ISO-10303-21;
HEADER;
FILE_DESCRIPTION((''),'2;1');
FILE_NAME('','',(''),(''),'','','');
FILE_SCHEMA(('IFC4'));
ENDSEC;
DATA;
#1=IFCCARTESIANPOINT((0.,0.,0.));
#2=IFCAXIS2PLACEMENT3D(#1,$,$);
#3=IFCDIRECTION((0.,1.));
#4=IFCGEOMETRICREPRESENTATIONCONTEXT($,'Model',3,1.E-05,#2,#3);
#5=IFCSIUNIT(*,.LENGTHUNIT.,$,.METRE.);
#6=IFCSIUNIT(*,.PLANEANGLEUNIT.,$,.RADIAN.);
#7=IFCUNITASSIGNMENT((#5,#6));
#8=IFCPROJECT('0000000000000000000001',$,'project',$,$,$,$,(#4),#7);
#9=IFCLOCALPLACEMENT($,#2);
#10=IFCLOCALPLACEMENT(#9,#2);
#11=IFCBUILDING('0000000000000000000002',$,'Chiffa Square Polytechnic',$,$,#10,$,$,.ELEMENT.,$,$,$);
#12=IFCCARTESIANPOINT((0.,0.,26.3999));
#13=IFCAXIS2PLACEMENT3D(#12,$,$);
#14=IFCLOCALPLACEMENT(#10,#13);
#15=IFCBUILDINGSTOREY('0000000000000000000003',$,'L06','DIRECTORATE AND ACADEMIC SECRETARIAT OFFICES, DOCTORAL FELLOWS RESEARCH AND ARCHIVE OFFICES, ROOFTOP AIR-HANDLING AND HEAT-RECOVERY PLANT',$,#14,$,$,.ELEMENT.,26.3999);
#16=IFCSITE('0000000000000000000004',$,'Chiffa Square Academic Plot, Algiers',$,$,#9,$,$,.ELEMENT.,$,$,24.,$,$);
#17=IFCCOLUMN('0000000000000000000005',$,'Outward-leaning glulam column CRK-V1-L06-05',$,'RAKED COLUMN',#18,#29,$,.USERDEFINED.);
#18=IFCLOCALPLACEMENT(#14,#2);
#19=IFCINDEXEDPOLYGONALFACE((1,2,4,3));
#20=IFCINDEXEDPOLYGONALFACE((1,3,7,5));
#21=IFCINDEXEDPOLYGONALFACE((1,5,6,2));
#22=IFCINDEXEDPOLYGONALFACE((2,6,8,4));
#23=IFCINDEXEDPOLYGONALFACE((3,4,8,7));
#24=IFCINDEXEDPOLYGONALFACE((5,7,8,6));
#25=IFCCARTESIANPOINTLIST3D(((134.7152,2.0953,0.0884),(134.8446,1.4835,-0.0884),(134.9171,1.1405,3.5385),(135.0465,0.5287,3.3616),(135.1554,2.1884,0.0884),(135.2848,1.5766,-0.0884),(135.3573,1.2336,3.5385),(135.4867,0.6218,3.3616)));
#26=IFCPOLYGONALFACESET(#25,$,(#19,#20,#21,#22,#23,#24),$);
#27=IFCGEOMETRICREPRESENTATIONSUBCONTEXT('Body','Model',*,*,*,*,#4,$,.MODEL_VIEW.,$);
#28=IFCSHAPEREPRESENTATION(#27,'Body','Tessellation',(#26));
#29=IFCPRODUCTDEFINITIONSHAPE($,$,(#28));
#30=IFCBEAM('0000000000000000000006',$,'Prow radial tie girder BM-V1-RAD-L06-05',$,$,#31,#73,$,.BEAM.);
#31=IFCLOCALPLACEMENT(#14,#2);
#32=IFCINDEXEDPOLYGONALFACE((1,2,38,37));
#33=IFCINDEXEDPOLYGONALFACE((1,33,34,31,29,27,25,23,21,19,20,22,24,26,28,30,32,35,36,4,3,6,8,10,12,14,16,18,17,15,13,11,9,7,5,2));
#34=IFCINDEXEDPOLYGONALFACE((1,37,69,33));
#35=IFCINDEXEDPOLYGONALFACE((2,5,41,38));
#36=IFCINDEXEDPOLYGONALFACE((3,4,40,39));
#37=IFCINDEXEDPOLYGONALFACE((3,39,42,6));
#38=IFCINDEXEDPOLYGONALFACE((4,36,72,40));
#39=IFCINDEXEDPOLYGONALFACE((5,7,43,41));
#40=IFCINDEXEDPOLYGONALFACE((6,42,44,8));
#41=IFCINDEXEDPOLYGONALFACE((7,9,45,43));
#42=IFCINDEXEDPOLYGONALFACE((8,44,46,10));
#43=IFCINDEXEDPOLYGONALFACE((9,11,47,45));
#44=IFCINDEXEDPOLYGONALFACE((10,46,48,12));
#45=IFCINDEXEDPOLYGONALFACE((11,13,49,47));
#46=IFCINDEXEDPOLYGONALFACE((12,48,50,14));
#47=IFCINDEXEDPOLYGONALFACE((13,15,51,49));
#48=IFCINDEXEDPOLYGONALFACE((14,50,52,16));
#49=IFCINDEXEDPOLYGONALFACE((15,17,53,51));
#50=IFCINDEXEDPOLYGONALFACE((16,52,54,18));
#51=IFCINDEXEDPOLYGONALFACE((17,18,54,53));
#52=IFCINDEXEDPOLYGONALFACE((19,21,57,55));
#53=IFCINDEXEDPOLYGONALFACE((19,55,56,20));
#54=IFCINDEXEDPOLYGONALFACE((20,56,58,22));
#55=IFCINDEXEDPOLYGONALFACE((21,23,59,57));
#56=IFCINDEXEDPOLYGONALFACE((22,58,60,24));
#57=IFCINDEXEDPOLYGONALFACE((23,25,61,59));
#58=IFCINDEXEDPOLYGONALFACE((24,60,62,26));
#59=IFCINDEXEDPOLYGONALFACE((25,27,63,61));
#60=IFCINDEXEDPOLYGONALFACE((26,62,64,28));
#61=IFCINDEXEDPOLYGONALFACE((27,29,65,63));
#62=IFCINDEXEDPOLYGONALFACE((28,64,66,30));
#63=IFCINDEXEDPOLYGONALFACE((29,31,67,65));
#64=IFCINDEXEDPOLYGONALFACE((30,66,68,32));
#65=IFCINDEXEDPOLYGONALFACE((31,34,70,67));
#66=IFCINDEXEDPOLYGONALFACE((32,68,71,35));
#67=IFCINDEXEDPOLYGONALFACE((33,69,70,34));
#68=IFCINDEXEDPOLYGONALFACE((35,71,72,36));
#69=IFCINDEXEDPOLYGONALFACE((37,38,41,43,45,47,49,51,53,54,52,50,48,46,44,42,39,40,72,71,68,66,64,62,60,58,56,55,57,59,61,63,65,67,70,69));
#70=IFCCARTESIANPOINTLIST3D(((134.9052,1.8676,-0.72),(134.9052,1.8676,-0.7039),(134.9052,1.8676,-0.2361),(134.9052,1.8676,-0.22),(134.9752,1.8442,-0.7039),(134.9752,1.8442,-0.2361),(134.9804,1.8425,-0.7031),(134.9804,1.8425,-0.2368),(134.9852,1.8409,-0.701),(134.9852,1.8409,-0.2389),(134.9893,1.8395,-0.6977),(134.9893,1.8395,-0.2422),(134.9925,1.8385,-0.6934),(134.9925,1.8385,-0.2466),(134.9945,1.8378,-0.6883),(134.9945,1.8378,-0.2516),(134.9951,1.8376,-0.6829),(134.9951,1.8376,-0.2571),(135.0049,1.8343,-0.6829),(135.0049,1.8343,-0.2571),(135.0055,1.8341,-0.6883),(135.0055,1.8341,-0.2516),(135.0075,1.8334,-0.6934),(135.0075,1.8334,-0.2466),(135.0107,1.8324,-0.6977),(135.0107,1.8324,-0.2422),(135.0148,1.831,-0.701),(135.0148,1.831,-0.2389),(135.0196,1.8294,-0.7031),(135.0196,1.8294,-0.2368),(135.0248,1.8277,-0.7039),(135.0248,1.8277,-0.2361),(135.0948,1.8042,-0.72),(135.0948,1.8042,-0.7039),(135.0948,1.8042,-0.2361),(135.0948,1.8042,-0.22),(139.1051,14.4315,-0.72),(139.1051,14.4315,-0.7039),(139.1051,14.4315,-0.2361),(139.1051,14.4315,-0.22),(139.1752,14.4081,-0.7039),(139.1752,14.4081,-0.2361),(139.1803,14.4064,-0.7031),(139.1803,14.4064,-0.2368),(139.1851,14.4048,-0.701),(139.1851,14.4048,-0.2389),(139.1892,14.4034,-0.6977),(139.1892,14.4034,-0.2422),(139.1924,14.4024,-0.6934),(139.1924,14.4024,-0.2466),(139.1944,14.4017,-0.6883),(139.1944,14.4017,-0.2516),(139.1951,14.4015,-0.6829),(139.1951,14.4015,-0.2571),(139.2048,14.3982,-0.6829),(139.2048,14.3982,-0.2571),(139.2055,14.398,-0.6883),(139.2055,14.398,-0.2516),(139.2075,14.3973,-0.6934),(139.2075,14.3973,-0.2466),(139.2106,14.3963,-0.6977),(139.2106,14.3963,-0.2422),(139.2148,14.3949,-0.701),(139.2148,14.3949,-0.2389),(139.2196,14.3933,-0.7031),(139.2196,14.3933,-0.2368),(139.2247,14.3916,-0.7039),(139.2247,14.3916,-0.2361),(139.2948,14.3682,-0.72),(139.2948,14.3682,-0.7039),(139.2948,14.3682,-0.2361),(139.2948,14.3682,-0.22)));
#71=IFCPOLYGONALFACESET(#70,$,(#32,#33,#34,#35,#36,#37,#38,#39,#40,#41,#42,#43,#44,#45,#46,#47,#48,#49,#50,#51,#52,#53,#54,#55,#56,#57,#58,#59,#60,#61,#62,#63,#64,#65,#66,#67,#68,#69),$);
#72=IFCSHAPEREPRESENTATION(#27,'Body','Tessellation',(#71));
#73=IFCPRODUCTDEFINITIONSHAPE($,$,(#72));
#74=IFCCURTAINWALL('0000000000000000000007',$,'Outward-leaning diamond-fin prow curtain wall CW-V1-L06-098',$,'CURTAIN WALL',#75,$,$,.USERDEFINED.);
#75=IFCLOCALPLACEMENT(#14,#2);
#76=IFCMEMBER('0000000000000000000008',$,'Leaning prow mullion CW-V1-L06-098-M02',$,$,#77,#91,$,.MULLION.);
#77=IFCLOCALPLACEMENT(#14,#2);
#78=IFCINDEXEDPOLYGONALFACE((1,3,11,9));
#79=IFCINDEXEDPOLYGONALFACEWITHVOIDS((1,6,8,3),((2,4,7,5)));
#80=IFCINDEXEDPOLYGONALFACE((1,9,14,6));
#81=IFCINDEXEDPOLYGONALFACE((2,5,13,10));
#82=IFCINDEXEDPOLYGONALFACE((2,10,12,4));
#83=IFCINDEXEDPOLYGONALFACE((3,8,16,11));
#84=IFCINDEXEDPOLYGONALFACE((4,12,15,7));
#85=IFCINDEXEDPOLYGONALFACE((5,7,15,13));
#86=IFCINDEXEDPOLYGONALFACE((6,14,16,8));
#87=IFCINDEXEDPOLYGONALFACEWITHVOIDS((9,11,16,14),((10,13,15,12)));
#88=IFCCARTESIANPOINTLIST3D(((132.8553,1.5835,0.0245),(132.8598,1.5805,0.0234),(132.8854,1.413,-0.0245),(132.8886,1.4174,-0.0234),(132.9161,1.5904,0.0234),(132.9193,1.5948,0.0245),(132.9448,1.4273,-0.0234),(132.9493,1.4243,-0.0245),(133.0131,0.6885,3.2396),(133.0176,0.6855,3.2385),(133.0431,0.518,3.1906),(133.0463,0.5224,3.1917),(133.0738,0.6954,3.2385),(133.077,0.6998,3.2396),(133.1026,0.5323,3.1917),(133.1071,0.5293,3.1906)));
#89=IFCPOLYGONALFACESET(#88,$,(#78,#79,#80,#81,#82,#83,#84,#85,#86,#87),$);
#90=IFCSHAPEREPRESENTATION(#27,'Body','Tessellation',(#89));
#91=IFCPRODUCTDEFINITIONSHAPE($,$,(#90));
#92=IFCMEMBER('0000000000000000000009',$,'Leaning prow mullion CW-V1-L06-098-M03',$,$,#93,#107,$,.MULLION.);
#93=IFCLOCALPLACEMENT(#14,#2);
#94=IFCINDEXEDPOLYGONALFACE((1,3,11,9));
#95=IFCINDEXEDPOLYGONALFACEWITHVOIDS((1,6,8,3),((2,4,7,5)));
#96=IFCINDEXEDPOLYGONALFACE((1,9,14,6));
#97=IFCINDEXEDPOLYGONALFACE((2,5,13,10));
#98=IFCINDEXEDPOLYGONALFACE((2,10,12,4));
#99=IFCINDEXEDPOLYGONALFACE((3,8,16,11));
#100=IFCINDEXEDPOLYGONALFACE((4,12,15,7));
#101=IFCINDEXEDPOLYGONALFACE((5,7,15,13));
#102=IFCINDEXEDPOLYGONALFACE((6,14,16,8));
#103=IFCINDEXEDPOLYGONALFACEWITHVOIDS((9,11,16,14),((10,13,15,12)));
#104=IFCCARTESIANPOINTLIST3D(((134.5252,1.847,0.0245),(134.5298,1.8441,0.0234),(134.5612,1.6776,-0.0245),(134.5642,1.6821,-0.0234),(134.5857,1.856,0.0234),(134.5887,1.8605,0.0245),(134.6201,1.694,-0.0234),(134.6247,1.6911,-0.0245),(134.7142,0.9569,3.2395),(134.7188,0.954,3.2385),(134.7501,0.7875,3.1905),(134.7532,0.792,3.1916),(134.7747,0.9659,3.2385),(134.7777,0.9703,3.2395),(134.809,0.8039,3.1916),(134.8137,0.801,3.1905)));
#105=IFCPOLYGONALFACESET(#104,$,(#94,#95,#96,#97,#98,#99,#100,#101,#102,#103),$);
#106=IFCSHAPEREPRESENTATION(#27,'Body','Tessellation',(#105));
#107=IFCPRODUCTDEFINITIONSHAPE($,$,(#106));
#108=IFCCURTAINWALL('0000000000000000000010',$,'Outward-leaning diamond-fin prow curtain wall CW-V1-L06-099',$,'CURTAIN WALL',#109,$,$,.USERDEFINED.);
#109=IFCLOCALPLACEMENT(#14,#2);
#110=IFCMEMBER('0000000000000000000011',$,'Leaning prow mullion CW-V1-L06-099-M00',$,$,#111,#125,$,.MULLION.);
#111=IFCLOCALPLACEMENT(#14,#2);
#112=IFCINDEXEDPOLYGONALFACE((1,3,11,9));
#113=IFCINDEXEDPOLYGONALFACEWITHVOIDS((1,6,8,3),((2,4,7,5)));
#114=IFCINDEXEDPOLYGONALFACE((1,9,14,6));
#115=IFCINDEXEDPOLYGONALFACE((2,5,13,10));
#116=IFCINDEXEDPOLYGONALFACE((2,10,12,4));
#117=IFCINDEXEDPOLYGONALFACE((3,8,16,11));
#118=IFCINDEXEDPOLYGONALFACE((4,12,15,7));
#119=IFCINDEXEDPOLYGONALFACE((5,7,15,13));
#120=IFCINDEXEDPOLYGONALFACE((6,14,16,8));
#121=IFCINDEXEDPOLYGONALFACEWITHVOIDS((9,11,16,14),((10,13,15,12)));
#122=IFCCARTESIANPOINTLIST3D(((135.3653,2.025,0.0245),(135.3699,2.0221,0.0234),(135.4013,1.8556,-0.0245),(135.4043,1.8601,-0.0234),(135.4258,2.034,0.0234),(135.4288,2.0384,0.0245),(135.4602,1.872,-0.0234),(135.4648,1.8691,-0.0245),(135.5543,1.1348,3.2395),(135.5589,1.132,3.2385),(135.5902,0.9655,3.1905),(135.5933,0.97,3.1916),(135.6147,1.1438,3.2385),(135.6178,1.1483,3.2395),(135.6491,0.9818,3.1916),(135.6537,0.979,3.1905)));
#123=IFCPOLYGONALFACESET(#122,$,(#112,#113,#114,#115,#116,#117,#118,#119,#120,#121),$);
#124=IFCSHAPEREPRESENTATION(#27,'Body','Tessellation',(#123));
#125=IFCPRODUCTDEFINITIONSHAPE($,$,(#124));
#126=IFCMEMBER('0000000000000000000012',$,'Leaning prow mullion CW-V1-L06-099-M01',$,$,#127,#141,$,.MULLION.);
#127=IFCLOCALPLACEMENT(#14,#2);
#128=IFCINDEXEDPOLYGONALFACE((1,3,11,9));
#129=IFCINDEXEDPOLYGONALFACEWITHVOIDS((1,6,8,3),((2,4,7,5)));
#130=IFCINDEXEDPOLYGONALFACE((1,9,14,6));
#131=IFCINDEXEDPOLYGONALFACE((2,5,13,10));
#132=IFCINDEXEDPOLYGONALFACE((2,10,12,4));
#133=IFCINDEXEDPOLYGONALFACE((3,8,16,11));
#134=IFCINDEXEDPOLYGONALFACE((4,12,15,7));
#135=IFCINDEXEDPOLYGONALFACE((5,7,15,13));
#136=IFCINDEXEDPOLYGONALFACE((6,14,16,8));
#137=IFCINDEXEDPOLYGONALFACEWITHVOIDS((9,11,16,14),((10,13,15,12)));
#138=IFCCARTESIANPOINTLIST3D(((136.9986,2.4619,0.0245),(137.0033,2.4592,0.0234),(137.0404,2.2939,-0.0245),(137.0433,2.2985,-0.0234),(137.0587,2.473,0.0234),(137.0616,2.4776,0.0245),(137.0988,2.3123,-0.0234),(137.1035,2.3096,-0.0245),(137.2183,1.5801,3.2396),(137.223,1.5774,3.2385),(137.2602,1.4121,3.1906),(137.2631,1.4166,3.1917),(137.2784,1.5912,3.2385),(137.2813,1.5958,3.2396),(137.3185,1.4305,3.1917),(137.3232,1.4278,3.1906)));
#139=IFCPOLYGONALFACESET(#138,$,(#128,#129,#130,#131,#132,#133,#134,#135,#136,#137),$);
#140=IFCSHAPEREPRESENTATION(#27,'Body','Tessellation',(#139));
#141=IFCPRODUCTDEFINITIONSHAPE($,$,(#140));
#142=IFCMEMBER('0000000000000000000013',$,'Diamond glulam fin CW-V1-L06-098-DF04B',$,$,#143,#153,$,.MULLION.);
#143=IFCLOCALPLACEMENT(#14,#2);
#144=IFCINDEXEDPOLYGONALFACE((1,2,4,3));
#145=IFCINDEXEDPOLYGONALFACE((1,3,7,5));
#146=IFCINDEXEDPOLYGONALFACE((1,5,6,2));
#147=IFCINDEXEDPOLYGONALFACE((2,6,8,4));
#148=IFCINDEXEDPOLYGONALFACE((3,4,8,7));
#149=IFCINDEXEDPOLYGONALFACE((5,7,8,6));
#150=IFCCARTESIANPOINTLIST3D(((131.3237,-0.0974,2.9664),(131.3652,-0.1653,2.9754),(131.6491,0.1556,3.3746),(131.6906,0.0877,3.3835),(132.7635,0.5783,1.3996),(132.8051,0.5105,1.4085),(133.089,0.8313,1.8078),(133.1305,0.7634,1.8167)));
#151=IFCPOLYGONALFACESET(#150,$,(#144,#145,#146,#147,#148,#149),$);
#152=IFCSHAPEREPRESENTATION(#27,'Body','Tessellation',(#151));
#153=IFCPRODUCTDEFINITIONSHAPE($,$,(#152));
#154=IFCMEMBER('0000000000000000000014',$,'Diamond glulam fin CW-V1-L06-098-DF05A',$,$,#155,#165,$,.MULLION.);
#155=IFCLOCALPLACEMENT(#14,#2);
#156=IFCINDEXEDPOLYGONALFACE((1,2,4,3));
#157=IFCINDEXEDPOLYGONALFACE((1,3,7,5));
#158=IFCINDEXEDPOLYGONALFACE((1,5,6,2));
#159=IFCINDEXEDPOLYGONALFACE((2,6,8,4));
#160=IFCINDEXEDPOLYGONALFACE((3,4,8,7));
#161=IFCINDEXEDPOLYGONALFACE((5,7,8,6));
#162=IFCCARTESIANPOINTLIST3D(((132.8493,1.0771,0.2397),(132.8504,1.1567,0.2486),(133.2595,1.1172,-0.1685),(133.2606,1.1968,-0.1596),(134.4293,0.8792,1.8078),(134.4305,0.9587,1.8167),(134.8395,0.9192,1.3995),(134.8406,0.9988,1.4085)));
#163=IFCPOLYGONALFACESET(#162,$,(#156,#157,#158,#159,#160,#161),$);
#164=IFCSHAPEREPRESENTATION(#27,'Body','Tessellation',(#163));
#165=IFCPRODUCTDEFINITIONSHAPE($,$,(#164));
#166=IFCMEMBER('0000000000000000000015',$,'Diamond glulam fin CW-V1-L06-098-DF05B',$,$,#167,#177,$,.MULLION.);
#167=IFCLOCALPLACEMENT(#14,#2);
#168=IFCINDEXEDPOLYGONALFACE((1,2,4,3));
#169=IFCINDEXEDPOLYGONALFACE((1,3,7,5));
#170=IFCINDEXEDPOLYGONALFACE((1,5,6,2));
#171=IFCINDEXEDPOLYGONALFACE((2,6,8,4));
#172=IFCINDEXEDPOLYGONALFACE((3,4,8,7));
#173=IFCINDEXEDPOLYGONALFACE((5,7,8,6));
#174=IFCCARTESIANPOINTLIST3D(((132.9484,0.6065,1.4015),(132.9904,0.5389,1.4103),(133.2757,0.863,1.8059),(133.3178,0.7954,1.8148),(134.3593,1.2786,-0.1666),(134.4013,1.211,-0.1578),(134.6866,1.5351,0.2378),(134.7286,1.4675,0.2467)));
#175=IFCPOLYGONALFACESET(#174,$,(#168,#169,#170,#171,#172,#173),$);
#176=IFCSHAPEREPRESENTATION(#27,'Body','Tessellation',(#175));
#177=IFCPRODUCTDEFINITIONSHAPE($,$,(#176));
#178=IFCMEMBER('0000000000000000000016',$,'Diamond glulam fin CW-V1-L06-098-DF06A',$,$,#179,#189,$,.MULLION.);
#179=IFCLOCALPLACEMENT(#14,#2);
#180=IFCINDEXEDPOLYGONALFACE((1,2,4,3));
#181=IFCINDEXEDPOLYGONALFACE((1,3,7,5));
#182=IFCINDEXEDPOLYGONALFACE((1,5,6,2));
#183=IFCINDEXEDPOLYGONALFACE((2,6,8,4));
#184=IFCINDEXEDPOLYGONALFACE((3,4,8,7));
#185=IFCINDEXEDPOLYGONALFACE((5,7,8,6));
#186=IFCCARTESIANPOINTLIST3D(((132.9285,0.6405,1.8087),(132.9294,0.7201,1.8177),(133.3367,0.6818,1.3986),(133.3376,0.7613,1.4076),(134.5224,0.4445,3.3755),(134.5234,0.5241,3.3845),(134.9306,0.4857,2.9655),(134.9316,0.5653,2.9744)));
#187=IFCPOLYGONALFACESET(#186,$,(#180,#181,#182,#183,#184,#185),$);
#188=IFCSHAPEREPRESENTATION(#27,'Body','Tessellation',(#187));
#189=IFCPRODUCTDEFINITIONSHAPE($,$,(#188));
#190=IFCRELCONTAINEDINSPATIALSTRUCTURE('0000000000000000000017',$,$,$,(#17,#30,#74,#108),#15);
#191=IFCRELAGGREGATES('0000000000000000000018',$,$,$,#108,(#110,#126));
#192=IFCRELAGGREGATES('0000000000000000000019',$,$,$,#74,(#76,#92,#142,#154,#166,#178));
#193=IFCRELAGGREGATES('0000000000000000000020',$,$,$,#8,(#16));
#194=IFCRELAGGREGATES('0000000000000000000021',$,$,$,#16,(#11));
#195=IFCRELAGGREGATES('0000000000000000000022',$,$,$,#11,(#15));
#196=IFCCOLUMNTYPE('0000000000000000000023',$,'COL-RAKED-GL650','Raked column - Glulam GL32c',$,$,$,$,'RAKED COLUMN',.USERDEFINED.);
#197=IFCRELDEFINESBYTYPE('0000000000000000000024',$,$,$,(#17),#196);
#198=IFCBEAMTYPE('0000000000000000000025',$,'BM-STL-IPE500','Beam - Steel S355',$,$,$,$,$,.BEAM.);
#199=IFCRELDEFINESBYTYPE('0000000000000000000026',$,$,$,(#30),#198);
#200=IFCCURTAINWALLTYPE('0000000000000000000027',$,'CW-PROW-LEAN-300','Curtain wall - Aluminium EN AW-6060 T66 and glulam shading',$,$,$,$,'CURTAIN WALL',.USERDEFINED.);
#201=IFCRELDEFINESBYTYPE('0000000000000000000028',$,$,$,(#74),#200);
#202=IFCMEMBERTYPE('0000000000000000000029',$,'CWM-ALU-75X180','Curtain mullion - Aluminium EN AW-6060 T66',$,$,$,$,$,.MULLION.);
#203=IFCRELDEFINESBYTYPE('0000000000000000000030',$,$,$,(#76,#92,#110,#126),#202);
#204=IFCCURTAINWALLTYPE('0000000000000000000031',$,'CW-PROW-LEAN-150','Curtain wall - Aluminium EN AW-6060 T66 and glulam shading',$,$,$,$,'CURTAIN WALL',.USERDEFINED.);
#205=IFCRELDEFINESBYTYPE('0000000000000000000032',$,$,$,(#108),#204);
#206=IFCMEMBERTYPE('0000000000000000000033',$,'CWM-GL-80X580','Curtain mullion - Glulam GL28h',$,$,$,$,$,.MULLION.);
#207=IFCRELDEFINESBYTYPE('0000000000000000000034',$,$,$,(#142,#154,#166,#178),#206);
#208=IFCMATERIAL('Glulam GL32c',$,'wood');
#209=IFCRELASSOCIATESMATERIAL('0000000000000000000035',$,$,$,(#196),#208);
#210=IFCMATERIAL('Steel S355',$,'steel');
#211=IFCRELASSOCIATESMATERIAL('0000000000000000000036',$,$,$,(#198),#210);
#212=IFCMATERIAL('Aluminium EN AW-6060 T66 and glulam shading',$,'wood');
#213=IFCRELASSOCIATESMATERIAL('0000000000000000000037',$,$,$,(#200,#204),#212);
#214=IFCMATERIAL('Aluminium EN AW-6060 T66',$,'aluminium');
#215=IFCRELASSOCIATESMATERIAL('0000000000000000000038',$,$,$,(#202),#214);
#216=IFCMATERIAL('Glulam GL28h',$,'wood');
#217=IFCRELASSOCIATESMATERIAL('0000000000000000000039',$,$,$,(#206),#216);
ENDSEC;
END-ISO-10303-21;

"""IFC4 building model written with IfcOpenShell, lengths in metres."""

from ifc_helpers import new_model, si_unit, direction, frame, origin, origin_2d, place, context, subcontext, project, spatial, rectangle, hollow_rectangle, i_section, extrude, material, material_profile, profile_set, type_object, element, aggregate, save


model = new_model("IFC4")

# Units and contexts
model_context = context("Model", 3, precision=1e-05, world=origin(), true_north=direction((0.0, 1.0)))
body_context = subcontext(model_context, "Body", "Model", "MODEL_VIEW")
ifc_project = project(units=[si_unit("LENGTHUNIT", "METRE"), si_unit("PLANEANGLEUNIT", "RADIAN")], contexts=[model_context])

# Site, building, storey
site_placement = place(None, origin())
site = spatial("IfcSite", under=ifc_project, at=site_placement, Name="Chiffa Square Academic Plot, Algiers", CompositionType="ELEMENT", RefElevation=24.0)
building_placement = place(site_placement, origin())
building = spatial("IfcBuilding", under=site, at=building_placement, Name="Chiffa Square Polytechnic", CompositionType="ELEMENT")
storey_placement = place(building_placement, frame((0.0, 0.0, 26.3999)))
storey = spatial("IfcBuildingStorey", under=building, at=storey_placement, Name="L06", Description="DIRECTORATE AND ACADEMIC SECRETARIAT OFFICES, DOCTORAL FELLOWS RESEARCH AND ARCHIVE OFFICES, ROOFTOP AIR-HANDLING AND HEAT-RECOVERY PLANT", CompositionType="ELEMENT", Elevation=26.3999)

# Column
ifc_material_1 = material(Name="Glulam GL32c", Category="wood")
ifc_material_profile_1 = material_profile(ifc_material_1, rectangle(XDim=0.45, YDim=0.6499, at=origin_2d()), Name="GL32c 450x650")
ifc_profile_set_1 = profile_set([ifc_material_profile_1], Name="Glulam GL32c")
column_type = type_object("IfcColumnType", Name="COL-RAKED-GL650", Description="Raked column - Glulam GL32c", ElementType="RAKED COLUMN", PredefinedType="USERDEFINED", material=ifc_profile_set_1)
column_placement = place(storey_placement, frame((135.0, 1.8359, 0.0), z_axis=(0.05631, -0.266299, 0.962244), x_axis=(0.978366, 0.20688, 0.0)))
element("IfcColumn", 1, at=column_placement, inside=storey, type_object=column_type, Name="Outward-leaning glulam column CRK-V1-L06-05", ObjectType="RAKED COLUMN", PredefinedType="USERDEFINED", context=body_context, shape_type="SweptSolid", body=[
    extrude(rectangle(XDim=0.45, YDim=0.6499, at=origin_2d()), origin(), (0.0, 0.0, 1.0), 3.5854),
])

# Beam
ifc_material_2 = material(Name="Steel S355", Category="steel")
ifc_material_profile_2 = material_profile(ifc_material_2, i_section(OverallWidth=0.2, OverallDepth=0.5, WebThickness=0.0103, FlangeThickness=0.0161, FilletRadius=0.021, at=origin_2d()), Name="IPE 500")
ifc_profile_set_2 = profile_set([ifc_material_profile_2], Name="Steel S355")
beam_type_1 = type_object("IfcBeamType", Name="BM-STL-IPE500", Description="Beam - Steel S355", PredefinedType="BEAM", material=ifc_profile_set_2)
beam_1_placement = place(storey_placement, frame((135.0, 1.8359, -0.47), z_axis=(0.31704, 0.948412, 0.0), x_axis=(-0.948412, 0.31704, 0.0)))
element("IfcBeam", 2, at=beam_1_placement, inside=storey, type_object=beam_type_1, Name="Prow radial tie girder BM-V1-RAD-L06-05", PredefinedType="BEAM", context=body_context, shape_type="SweptSolid", body=[
    extrude(i_section(OverallWidth=0.2, OverallDepth=0.5, WebThickness=0.0103, FlangeThickness=0.0161, FilletRadius=0.021, at=origin_2d()), origin(), (0.0, 0.0, 1.0), 13.2473),
])

# Curtain walls, members
ifc_material_3 = material(Name="Aluminium EN AW-6060 T66 and glulam shading", Category="wood")
curtain_wall_type_1 = type_object("IfcCurtainWallType", Name="CW-PROW-LEAN-300", Description="Curtain wall - Aluminium EN AW-6060 T66 and glulam shading", ElementType="CURTAIN WALL", PredefinedType="USERDEFINED", material=ifc_material_3)
curtain_wall_1_placement = place(storey_placement, origin())
curtain_wall_1 = element("IfcCurtainWall", 3, at=curtain_wall_1_placement, inside=storey, type_object=curtain_wall_type_1, Name="Outward-leaning diamond-fin prow curtain wall CW-V1-L06-098", ObjectType="CURTAIN WALL", PredefinedType="USERDEFINED")
ifc_material_4 = material(Name="Aluminium EN AW-6060 T66", Category="aluminium")
ifc_material_profile_3 = material_profile(ifc_material_4, hollow_rectangle(XDim=0.0649, YDim=0.1799, WallThickness=0.0039, at=origin_2d()), Name="ALU 65x180x4")
ifc_profile_set_3 = profile_set([ifc_material_profile_3], Name="Aluminium EN AW-6060 T66")
member_type_1 = type_object("IfcMemberType", Name="CWM-ALU-75X180", Description="Curtain mullion - Aluminium EN AW-6060 T66", PredefinedType="MULLION", material=ifc_profile_set_3)
member_1_placement = place(storey_placement, frame((132.9023, 1.5039, 0.0), z_axis=(0.047205, -0.267884, 0.962294), x_axis=(0.984827, 0.17354, 0.0)))
member_1 = element("IfcMember", 4, at=member_1_placement, type_object=member_type_1, Name="Leaning prow mullion CW-V1-L06-098-M02", PredefinedType="MULLION", context=body_context, shape_type="SweptSolid", body=[
    extrude(hollow_rectangle(XDim=0.0649, YDim=0.1799, WallThickness=0.0039, at=origin_2d()), origin(), (0.0, 0.0, 1.0), 3.3411),
])
member_2_placement = place(storey_placement, frame((134.575, 1.769, 0.0), z_axis=(0.056553, -0.266398, 0.962203), x_axis=(0.978201, 0.20766, 0.0)))
member_2 = element("IfcMember", 5, at=member_2_placement, type_object=member_type_1, Name="Leaning prow mullion CW-V1-L06-098-M03", PredefinedType="MULLION", context=body_context, shape_type="SweptSolid", body=[
    extrude(hollow_rectangle(XDim=0.0649, YDim=0.1799, WallThickness=0.0039, at=origin_2d()), origin(), (0.0, 0.0, 1.0), 3.3413),
])
curtain_wall_type_2 = type_object("IfcCurtainWallType", Name="CW-PROW-LEAN-150", Description="Curtain wall - Aluminium EN AW-6060 T66 and glulam shading", ElementType="CURTAIN WALL", PredefinedType="USERDEFINED", material=ifc_material_3)
curtain_wall_2_placement = place(storey_placement, origin())
curtain_wall_2 = element("IfcCurtainWall", 6, at=curtain_wall_2_placement, inside=storey, type_object=curtain_wall_type_2, Name="Outward-leaning diamond-fin prow curtain wall CW-V1-L06-099", ObjectType="CURTAIN WALL", PredefinedType="USERDEFINED")
member_3_placement = place(storey_placement, frame((135.415, 1.947, 0.0), z_axis=(0.056553, -0.266398, 0.962203), x_axis=(0.978201, 0.20766, 0.0)))
member_3 = element("IfcMember", 7, at=member_3_placement, type_object=member_type_1, Name="Leaning prow mullion CW-V1-L06-099-M00", PredefinedType="MULLION", context=body_context, shape_type="SweptSolid", body=[
    extrude(hollow_rectangle(XDim=0.0649, YDim=0.1799, WallThickness=0.0039, at=origin_2d()), origin(), (0.0, 0.0, 1.0), 3.3413),
])
member_4_placement = place(storey_placement, frame((137.051, 2.3857, 0.0), z_axis=(0.065765, -0.263939, 0.962295), x_axis=(0.970332, 0.241777, 0.0)))
member_4 = element("IfcMember", 8, at=member_4_placement, type_object=member_type_1, Name="Leaning prow mullion CW-V1-L06-099-M01", PredefinedType="MULLION", context=body_context, shape_type="SweptSolid", body=[
    extrude(hollow_rectangle(XDim=0.0649, YDim=0.1799, WallThickness=0.0039, at=origin_2d()), origin(), (0.0, 0.0, 1.0), 3.3411),
])

# Members
ifc_material_5 = material(Name="Glulam GL28h", Category="wood")
ifc_material_profile_4 = material_profile(ifc_material_5, rectangle(XDim=0.0801, YDim=0.5801, at=origin_2d()), Name="GL28h 80x580")
ifc_profile_set_4 = profile_set([ifc_material_profile_4], Name="Glulam GL28h")
member_type_2 = type_object("IfcMemberType", Name="CWM-GL-80X580", Description="Curtain mullion - Glulam GL28h", PredefinedType="MULLION", material=ifc_profile_set_4)
member_5_placement = place(storey_placement, frame((132.947, 0.6709, 1.6082), z_axis=(-0.644912, -0.302665, 0.701771), x_axis=(0.519001, -0.847478, 0.111444)))
member_5 = element("IfcMember", 9, at=member_5_placement, type_object=member_type_2, Name="Diamond glulam fin CW-V1-L06-098-DF04B", PredefinedType="MULLION", context=body_context, shape_type="SweptSolid", body=[
    extrude(rectangle(XDim=0.0801, YDim=0.5801, at=origin_2d()), origin(), (0.0, 0.0, 1.0), 2.2327),
])
member_6_placement = place(storey_placement, frame((133.0549, 1.137, 0.04), z_axis=(0.706998, -0.088593, 0.701645), x_axis=(0.013896, 0.993671, 0.111464)))
member_6 = element("IfcMember", 10, at=member_6_placement, type_object=member_type_2, Name="Diamond glulam fin CW-V1-L06-098-DF05A", PredefinedType="MULLION", context=body_context, shape_type="SweptSolid", body=[
    extrude(rectangle(XDim=0.0801, YDim=0.5801, at=origin_2d()), origin(), (0.0, 0.0, 1.0), 2.2349),
])
member_7_placement = place(storey_placement, frame((134.5439, 1.373, 0.04), z_axis=(-0.637288, -0.303591, 0.708306), x_axis=(0.524811, -0.844026, 0.110428)))
member_7 = element("IfcMember", 11, at=member_7_placement, type_object=member_type_2, Name="Diamond glulam fin CW-V1-L06-098-DF05B", PredefinedType="MULLION", context=body_context, shape_type="SweptSolid", body=[
    extrude(rectangle(XDim=0.0801, YDim=0.5801, at=origin_2d()), origin(), (0.0, 0.0, 1.0), 2.2139),
])
member_8_placement = place(storey_placement, frame((133.1331, 0.7009, 1.6082), z_axis=(0.710416, -0.087374, 0.698338), x_axis=(0.01214, 0.993637, 0.111971)))
member_8 = element("IfcMember", 12, at=member_8_placement, type_object=member_type_2, Name="Diamond glulam fin CW-V1-L06-098-DF06A", PredefinedType="MULLION", context=body_context, shape_type="SweptSolid", body=[
    extrude(rectangle(XDim=0.0801, YDim=0.5801, at=origin_2d()), origin(), (0.0, 0.0, 1.0), 2.2437),
])

aggregate(curtain_wall_2, [member_3, member_4])
aggregate(curtain_wall_1, [member_1, member_2, member_5, member_6, member_7, member_8])

save(model, "model.ifc")
